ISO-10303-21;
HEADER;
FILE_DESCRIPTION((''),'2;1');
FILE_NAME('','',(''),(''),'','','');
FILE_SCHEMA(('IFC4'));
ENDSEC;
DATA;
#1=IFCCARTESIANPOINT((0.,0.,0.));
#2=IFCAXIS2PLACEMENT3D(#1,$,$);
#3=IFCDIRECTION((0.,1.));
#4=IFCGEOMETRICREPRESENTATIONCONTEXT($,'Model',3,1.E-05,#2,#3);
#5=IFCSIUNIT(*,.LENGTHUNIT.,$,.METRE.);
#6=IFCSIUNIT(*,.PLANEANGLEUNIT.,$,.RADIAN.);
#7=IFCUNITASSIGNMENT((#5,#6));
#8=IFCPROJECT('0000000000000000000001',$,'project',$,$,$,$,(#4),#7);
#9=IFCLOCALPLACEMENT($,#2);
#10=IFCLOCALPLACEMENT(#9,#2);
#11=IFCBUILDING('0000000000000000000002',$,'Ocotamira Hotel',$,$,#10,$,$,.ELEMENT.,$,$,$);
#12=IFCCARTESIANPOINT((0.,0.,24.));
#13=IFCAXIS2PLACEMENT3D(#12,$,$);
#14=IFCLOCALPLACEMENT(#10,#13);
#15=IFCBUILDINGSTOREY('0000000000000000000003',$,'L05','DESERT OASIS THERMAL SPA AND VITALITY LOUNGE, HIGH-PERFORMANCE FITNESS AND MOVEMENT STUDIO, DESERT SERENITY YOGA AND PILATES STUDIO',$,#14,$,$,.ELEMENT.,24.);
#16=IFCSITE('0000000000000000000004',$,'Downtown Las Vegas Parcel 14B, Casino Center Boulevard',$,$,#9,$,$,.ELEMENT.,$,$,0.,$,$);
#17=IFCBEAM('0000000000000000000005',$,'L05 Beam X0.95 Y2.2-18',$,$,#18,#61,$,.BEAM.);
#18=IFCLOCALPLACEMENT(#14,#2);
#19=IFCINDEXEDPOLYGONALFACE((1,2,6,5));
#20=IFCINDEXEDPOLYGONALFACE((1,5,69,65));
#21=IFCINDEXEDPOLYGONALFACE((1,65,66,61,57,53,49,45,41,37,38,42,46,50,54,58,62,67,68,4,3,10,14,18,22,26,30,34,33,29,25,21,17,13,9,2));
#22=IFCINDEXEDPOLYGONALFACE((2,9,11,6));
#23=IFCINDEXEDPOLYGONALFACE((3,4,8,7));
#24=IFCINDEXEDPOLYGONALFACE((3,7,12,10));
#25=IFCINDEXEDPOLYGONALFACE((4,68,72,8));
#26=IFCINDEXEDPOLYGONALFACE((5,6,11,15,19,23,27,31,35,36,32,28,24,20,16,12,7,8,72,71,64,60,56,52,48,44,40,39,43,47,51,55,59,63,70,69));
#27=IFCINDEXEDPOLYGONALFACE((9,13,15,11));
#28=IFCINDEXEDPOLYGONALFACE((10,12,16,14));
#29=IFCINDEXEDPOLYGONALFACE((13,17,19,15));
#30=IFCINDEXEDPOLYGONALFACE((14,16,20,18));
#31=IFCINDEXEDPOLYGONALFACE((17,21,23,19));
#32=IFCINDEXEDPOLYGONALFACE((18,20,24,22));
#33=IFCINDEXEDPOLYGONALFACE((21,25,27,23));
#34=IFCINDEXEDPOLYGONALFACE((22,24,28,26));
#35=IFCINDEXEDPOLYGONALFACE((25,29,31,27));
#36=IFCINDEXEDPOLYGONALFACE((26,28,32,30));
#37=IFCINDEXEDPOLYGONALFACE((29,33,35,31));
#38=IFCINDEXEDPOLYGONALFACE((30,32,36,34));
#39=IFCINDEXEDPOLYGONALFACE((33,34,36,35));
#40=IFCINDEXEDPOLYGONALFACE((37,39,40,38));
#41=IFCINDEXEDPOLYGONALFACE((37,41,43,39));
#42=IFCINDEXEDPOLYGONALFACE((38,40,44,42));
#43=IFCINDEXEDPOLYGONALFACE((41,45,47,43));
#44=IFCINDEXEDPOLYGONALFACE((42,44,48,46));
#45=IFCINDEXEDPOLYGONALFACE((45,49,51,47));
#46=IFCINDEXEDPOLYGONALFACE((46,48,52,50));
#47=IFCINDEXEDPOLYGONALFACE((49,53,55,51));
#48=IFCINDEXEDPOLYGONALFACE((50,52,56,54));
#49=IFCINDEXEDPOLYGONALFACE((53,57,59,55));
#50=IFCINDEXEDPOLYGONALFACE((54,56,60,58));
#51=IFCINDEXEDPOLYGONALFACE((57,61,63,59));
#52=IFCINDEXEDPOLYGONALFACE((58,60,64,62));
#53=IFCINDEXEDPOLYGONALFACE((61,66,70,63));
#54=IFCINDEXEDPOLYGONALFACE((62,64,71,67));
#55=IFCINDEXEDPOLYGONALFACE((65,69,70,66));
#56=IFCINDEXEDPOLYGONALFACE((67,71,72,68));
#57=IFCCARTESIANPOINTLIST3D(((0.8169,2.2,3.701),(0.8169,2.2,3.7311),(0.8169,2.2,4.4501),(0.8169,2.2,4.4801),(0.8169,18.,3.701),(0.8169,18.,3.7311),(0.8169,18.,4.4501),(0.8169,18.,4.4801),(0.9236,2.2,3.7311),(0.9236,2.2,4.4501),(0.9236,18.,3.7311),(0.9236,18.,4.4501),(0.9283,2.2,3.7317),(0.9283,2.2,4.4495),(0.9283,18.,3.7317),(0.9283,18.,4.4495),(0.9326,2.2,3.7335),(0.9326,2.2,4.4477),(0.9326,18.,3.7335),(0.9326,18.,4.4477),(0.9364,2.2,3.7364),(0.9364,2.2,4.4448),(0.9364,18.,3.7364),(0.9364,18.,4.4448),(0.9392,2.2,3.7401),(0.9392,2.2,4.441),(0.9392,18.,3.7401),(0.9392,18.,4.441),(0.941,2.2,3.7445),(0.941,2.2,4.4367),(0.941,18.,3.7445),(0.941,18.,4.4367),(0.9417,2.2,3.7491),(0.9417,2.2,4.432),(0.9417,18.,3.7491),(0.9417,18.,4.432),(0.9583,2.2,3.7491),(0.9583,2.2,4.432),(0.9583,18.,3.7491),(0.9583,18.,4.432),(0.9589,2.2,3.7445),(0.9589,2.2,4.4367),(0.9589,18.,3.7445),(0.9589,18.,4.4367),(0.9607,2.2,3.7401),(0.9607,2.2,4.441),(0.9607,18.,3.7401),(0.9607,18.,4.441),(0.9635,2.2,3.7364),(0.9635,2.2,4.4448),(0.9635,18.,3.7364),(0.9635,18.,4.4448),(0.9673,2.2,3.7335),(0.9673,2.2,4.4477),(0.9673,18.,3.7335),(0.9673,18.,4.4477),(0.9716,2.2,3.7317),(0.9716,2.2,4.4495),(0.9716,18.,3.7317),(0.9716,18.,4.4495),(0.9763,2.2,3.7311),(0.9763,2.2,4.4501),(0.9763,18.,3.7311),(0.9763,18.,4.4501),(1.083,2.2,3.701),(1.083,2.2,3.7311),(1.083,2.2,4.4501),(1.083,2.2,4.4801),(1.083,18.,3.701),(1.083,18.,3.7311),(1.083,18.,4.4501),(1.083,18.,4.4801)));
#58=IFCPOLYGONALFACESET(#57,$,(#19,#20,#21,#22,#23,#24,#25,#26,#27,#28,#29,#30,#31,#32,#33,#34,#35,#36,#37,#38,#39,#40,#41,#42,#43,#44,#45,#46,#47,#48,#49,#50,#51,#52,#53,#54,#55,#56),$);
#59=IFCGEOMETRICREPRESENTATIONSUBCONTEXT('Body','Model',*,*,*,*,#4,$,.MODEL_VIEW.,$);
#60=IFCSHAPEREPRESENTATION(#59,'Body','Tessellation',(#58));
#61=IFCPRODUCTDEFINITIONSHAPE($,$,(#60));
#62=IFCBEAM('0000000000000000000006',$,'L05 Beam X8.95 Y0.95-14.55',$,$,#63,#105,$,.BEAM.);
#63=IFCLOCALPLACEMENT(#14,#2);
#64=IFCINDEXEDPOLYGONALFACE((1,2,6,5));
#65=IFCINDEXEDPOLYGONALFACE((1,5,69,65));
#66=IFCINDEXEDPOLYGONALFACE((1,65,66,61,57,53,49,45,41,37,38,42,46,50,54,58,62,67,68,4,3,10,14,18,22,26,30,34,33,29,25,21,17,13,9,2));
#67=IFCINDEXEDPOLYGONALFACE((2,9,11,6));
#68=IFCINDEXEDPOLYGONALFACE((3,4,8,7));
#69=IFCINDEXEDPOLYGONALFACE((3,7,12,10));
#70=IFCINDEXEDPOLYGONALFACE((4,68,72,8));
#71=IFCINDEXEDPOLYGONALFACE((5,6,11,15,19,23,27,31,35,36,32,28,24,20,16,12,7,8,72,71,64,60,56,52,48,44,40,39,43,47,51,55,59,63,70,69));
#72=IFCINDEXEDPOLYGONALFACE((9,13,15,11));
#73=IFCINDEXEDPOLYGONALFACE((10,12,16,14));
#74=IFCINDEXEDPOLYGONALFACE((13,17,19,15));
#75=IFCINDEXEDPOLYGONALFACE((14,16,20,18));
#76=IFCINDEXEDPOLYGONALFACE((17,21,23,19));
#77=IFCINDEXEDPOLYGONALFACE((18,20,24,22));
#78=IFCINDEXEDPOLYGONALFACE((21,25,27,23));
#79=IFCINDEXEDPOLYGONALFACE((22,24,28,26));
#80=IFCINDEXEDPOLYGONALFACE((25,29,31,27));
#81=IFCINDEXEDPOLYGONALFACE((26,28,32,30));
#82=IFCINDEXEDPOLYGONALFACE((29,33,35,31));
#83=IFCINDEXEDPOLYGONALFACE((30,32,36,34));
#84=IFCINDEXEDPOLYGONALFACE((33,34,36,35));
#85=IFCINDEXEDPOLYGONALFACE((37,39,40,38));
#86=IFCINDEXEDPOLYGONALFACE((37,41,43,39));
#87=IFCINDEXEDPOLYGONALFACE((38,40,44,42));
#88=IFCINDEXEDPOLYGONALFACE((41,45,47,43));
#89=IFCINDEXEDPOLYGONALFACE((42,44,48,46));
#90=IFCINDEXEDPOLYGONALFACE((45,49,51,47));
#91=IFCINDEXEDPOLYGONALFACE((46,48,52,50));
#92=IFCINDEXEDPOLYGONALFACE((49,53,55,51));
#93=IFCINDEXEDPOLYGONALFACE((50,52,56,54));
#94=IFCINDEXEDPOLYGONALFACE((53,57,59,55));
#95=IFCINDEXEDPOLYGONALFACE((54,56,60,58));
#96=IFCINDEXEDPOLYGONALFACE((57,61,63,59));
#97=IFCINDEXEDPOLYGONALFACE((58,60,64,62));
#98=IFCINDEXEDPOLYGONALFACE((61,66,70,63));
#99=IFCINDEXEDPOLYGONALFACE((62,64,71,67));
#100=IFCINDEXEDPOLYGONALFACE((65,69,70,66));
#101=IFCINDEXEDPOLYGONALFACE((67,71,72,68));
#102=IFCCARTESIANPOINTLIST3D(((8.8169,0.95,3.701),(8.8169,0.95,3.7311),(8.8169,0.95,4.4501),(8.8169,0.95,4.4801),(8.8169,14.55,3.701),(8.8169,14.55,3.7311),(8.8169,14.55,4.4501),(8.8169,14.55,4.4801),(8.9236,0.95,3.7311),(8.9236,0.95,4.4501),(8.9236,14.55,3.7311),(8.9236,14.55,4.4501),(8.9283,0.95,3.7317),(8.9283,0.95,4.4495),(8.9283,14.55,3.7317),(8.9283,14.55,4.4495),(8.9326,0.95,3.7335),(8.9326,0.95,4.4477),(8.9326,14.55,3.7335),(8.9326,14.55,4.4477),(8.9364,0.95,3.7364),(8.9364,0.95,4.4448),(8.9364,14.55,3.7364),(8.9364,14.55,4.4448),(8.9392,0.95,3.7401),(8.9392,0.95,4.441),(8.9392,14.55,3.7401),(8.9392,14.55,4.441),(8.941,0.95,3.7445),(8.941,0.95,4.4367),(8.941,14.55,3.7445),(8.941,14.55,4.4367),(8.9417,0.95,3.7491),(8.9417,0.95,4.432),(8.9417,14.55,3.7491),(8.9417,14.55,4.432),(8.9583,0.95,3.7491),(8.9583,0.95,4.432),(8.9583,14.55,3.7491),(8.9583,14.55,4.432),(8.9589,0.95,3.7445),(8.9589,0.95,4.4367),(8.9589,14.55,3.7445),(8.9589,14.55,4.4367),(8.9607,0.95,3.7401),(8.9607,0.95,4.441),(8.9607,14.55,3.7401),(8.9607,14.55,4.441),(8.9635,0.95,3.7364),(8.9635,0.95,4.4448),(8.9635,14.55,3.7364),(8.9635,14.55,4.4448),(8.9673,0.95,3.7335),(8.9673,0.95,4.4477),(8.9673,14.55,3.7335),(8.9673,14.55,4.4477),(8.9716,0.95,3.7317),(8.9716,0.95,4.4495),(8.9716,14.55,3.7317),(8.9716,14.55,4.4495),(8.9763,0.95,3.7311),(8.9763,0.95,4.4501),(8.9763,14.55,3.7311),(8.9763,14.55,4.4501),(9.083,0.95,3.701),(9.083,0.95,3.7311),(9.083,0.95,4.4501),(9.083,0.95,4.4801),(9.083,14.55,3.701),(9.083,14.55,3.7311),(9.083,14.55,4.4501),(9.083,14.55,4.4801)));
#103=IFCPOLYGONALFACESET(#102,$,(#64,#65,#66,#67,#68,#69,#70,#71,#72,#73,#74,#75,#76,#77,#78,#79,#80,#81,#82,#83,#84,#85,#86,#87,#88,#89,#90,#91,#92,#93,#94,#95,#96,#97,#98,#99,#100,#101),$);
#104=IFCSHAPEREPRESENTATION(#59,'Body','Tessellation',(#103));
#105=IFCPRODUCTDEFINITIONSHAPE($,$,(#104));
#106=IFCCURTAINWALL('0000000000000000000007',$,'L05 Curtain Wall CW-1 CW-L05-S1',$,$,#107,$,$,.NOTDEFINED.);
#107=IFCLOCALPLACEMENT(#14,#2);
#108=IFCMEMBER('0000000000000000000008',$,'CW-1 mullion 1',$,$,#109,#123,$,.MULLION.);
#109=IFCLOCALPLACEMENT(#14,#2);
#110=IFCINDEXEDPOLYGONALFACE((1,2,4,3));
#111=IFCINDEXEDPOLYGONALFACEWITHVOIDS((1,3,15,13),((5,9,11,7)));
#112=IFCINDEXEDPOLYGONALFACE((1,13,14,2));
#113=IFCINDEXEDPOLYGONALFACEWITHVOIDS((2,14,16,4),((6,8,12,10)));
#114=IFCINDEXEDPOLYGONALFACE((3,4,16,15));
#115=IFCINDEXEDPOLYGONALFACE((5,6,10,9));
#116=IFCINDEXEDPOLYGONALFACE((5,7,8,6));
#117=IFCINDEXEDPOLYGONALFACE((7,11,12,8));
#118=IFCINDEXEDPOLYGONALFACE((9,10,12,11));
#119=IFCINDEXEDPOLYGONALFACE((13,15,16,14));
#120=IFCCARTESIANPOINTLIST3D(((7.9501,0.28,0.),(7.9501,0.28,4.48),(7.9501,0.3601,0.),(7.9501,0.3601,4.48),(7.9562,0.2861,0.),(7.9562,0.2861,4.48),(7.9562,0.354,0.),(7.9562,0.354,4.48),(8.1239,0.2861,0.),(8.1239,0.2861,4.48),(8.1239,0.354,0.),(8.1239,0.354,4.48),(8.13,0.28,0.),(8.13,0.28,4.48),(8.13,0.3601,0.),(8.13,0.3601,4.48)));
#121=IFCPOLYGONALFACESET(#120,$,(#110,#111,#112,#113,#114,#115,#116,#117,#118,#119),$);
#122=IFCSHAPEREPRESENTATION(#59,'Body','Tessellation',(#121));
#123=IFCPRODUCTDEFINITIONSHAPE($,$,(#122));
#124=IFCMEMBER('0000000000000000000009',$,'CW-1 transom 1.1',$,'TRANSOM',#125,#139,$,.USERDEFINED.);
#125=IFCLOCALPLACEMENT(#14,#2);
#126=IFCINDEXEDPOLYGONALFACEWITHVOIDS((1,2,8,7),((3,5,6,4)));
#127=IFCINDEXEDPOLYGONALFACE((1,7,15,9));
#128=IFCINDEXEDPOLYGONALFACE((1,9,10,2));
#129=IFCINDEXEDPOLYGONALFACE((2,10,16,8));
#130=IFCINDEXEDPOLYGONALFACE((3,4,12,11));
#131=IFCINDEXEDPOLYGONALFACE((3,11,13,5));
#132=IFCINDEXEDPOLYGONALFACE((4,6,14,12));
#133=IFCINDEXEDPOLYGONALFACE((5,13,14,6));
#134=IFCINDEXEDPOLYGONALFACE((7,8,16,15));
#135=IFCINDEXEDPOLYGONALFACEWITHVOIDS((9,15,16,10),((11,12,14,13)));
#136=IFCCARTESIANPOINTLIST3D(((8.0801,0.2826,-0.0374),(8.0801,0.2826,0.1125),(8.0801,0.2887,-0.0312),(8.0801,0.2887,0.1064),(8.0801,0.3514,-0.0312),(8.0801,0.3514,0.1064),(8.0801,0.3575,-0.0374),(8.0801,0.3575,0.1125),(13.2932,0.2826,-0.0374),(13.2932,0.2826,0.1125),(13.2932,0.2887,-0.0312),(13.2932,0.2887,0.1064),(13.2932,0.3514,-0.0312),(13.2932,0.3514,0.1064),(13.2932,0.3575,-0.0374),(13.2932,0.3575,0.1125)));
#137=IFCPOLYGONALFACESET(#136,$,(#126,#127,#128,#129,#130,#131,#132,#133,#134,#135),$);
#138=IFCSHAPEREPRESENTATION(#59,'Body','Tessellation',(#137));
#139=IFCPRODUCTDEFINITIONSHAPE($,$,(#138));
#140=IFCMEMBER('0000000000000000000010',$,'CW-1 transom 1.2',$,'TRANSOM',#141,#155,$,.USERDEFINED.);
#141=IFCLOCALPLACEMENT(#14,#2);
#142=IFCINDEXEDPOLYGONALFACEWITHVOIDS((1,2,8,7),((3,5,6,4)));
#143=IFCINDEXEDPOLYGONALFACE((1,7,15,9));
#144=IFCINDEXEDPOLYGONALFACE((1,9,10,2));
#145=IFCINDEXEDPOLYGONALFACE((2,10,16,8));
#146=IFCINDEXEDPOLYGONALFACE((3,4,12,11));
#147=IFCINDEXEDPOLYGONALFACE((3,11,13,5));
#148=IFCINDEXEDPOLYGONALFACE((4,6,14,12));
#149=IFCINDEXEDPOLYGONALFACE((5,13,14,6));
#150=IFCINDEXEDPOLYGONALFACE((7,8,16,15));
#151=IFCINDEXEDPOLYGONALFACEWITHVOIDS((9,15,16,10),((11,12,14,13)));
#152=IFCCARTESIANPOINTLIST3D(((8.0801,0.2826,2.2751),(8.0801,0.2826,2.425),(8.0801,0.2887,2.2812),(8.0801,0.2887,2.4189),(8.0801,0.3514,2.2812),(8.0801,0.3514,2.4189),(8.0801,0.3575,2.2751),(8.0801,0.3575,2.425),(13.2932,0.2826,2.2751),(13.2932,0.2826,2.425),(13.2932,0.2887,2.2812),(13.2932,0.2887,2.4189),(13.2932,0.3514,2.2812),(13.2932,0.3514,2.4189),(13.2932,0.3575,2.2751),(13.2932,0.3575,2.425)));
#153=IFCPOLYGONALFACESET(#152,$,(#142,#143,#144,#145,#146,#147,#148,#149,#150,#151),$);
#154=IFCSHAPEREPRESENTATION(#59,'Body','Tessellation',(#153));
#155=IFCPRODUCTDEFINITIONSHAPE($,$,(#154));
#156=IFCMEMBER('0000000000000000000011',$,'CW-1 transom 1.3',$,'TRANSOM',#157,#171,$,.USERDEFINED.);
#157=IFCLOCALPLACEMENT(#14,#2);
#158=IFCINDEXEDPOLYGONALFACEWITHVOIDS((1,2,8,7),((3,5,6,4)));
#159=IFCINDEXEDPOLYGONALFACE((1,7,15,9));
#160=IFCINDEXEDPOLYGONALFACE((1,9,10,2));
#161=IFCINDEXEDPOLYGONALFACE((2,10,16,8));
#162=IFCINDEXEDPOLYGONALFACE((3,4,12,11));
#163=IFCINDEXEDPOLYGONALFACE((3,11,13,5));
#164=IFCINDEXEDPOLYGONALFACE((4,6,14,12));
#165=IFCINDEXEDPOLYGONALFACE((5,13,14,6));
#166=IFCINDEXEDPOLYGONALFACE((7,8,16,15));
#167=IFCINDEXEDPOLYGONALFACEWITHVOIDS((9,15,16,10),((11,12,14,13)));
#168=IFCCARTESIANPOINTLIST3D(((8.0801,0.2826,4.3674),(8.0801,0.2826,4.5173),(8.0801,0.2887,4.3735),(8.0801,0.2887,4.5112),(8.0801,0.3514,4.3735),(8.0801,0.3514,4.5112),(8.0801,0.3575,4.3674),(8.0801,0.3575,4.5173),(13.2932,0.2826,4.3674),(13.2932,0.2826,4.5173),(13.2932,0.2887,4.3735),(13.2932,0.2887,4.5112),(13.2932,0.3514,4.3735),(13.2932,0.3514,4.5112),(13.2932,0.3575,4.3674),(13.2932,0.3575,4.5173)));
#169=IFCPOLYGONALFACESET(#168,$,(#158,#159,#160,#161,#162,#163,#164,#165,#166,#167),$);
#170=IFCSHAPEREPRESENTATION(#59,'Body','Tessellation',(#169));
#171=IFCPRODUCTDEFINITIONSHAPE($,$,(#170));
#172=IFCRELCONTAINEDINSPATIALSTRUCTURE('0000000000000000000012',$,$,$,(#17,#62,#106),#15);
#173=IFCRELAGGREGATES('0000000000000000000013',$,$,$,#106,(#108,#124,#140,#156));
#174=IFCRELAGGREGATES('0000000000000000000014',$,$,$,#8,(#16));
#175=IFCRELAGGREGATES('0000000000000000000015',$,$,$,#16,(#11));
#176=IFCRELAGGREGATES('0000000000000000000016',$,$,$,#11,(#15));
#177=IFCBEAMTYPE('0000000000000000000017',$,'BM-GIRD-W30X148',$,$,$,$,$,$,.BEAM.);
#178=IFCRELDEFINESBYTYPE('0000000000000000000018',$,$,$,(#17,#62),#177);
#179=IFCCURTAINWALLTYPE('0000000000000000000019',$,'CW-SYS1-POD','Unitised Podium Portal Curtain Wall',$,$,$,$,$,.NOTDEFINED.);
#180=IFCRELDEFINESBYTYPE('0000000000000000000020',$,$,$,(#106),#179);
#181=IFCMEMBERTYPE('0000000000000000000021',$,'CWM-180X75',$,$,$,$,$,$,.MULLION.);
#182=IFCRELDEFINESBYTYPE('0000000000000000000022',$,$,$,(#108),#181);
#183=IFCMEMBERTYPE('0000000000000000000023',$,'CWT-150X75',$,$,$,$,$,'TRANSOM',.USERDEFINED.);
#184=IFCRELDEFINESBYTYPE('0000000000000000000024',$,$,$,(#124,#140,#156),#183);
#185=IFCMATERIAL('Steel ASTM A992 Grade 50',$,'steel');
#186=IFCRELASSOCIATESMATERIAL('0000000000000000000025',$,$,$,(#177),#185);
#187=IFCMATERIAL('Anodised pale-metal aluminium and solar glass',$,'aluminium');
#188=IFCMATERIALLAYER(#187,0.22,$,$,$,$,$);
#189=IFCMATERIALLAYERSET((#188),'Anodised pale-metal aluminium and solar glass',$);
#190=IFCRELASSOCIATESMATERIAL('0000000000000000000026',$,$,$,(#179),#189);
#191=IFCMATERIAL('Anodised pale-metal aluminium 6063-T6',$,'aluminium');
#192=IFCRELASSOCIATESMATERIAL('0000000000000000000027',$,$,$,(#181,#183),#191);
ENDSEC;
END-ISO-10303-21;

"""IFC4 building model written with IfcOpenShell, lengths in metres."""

from ifc_helpers import new_model, si_unit, direction, frame, origin, origin_2d, place, context, subcontext, project, spatial, hollow_rectangle, i_section, extrude, source, transform, mapped, material, layer, layer_set, material_profile, profile_set, type_object, element, aggregate, save


model = new_model("IFC4")

# Units and contexts
model_context = context("Model", 3, precision=1e-05, world=origin(), true_north=direction((0.0, 1.0)))
body_context = subcontext(model_context, "Body", "Model", "MODEL_VIEW")
ifc_project = project(units=[si_unit("LENGTHUNIT", "METRE"), si_unit("PLANEANGLEUNIT", "RADIAN")], contexts=[model_context])

# Site, building, storey
site_placement = place(None, origin())
site = spatial("IfcSite", under=ifc_project, at=site_placement, Name="Downtown Las Vegas Parcel 14B, Casino Center Boulevard", CompositionType="ELEMENT", RefElevation=0.0)
building_placement = place(site_placement, origin())
building = spatial("IfcBuilding", under=site, at=building_placement, Name="Ocotamira Hotel", CompositionType="ELEMENT")
storey_placement = place(building_placement, frame((0.0, 0.0, 24.0)))
storey = spatial("IfcBuildingStorey", under=building, at=storey_placement, Name="L05", Description="DESERT OASIS THERMAL SPA AND VITALITY LOUNGE, HIGH-PERFORMANCE FITNESS AND MOVEMENT STUDIO, DESERT SERENITY YOGA AND PILATES STUDIO", CompositionType="ELEMENT", Elevation=24.0)

# Beams
ifc_material_1 = material(Name="Steel ASTM A992 Grade 50", Category="steel")
ifc_material_profile_1 = material_profile(ifc_material_1, i_section(OverallWidth=0.2661, OverallDepth=0.7791, WebThickness=0.0166, FlangeThickness=0.03, FilletRadius=0.0181, at=origin_2d()), Name="W30X148")
ifc_profile_set_1 = profile_set([ifc_material_profile_1], Name="Steel ASTM A992 Grade 50")
beam_type_1 = type_object("IfcBeamType", Name="BM-GIRD-W30X148", PredefinedType="BEAM", material=ifc_profile_set_1)
shared_shape_1 = source(origin(), body_context, "Body", "SweptSolid", [
    extrude(i_section(OverallWidth=0.2661, OverallDepth=0.7791, WebThickness=0.0166, FlangeThickness=0.03, FilletRadius=0.0181, at=origin_2d()), origin(), (0.0, 0.0, 1.0), 15.8),
])
beam_1_placement = place(storey_placement, frame((0.95, 2.2, 4.0906), z_axis=(0.0, 1.0, 0.0), x_axis=(-1.0, 0.0, 0.0)))
element("IfcBeam", 1, at=beam_1_placement, inside=storey, type_object=beam_type_1, Name="L05 Beam X0.95 Y2.2-18", PredefinedType="BEAM", context=body_context, shape_type="MappedRepresentation", body=[
    mapped(shared_shape_1, transform((0.0, 0.0, 0.0), scale=1.0)),
])
shared_shape_2 = source(origin(), body_context, "Body", "SweptSolid", [
    extrude(i_section(OverallWidth=0.2661, OverallDepth=0.7791, WebThickness=0.0166, FlangeThickness=0.03, FilletRadius=0.0181, at=origin_2d()), origin(), (0.0, 0.0, 1.0), 13.6001),
])
beam_2_placement = place(storey_placement, frame((8.95, 0.95, 4.0906), z_axis=(0.0, 1.0, 0.0), x_axis=(-1.0, 0.0, 0.0)))
element("IfcBeam", 2, at=beam_2_placement, inside=storey, type_object=beam_type_1, Name="L05 Beam X8.95 Y0.95-14.55", PredefinedType="BEAM", context=body_context, shape_type="MappedRepresentation", body=[
    mapped(shared_shape_2, transform((0.0, 0.0, 0.0), scale=1.0)),
])

# Curtain wall, members
ifc_material_2 = material(Name="Anodised pale-metal aluminium and solar glass", Category="aluminium")
ifc_layer_1 = layer(ifc_material_2, 0.22)
ifc_layer_set_1 = layer_set([ifc_layer_1], Name="Anodised pale-metal aluminium and solar glass")
curtain_wall_type = type_object("IfcCurtainWallType", Name="CW-SYS1-POD", Description="Unitised Podium Portal Curtain Wall", PredefinedType="NOTDEFINED", material=ifc_layer_set_1)
curtain_wall_placement = place(storey_placement, origin())
curtain_wall = element("IfcCurtainWall", 3, at=curtain_wall_placement, inside=storey, type_object=curtain_wall_type, Name="L05 Curtain Wall CW-1 CW-L05-S1", PredefinedType="NOTDEFINED")
ifc_material_3 = material(Name="Anodised pale-metal aluminium 6063-T6", Category="aluminium")
ifc_material_profile_2 = material_profile(ifc_material_3, hollow_rectangle(XDim=0.0801, YDim=0.1799, WallThickness=0.0061, at=origin_2d()), Name="HSS180X80X6")
ifc_profile_set_2 = profile_set([ifc_material_profile_2], Name="Anodised pale-metal aluminium 6063-T6")
member_type_1 = type_object("IfcMemberType", Name="CWM-180X75", PredefinedType="MULLION", material=ifc_profile_set_2)
shared_shape_3 = source(origin(), body_context, "Body", "SweptSolid", [
    extrude(hollow_rectangle(XDim=0.0801, YDim=0.1799, WallThickness=0.0061, at=origin_2d()), origin(), (0.0, 0.0, 1.0), 4.48),
])
member_1_placement = place(storey_placement, frame((8.04, 0.3201, 0.0), z_axis=(0.0, 0.0, 1.0), x_axis=(0.0, 1.0, 0.0)))
member_1 = element("IfcMember", 4, at=member_1_placement, type_object=member_type_1, Name="CW-1 mullion 1", PredefinedType="MULLION", context=body_context, shape_type="MappedRepresentation", body=[
    mapped(shared_shape_3, transform((0.0, 0.0, 0.0), scale=1.0)),
])
ifc_material_profile_3 = material_profile(ifc_material_3, hollow_rectangle(XDim=0.075, YDim=0.1499, WallThickness=0.0061, at=origin_2d()), Name="HSS150X75X6")
ifc_profile_set_3 = profile_set([ifc_material_profile_3], Name="Anodised pale-metal aluminium 6063-T6")
member_type_2 = type_object("IfcMemberType", Name="CWT-150X75", ElementType="TRANSOM", PredefinedType="USERDEFINED", material=ifc_profile_set_3)
shared_shape_4 = source(origin(), body_context, "Body", "SweptSolid", [
    extrude(hollow_rectangle(XDim=0.075, YDim=0.1499, WallThickness=0.0061, at=origin_2d()), origin(), (0.0, 0.0, 1.0), 5.2131),
])
member_2_placement = place(storey_placement, frame((8.0801, 0.3201, 0.0376), z_axis=(1.0, 0.0, 0.0), x_axis=(0.0, 1.0, 0.0)))
member_2 = element("IfcMember", 5, at=member_2_placement, type_object=member_type_2, Name="CW-1 transom 1.1", ObjectType="TRANSOM", PredefinedType="USERDEFINED", context=body_context, shape_type="MappedRepresentation", body=[
    mapped(shared_shape_4, transform((0.0, 0.0, 0.0), scale=1.0)),
])
member_3_placement = place(storey_placement, frame((8.0801, 0.3201, 2.3501), z_axis=(1.0, 0.0, 0.0), x_axis=(0.0, 1.0, 0.0)))
member_3 = element("IfcMember", 6, at=member_3_placement, type_object=member_type_2, Name="CW-1 transom 1.2", ObjectType="TRANSOM", PredefinedType="USERDEFINED", context=body_context, shape_type="MappedRepresentation", body=[
    mapped(shared_shape_4, transform((0.0, 0.0, 0.0), scale=1.0)),
])
member_4_placement = place(storey_placement, frame((8.0801, 0.3201, 4.4424), z_axis=(1.0, 0.0, 0.0), x_axis=(0.0, 1.0, 0.0)))
member_4 = element("IfcMember", 7, at=member_4_placement, type_object=member_type_2, Name="CW-1 transom 1.3", ObjectType="TRANSOM", PredefinedType="USERDEFINED", context=body_context, shape_type="MappedRepresentation", body=[
    mapped(shared_shape_4, transform((0.0, 0.0, 0.0), scale=1.0)),
])

aggregate(curtain_wall, [member_1, member_2, member_3, member_4])

save(model, "model.ifc")
